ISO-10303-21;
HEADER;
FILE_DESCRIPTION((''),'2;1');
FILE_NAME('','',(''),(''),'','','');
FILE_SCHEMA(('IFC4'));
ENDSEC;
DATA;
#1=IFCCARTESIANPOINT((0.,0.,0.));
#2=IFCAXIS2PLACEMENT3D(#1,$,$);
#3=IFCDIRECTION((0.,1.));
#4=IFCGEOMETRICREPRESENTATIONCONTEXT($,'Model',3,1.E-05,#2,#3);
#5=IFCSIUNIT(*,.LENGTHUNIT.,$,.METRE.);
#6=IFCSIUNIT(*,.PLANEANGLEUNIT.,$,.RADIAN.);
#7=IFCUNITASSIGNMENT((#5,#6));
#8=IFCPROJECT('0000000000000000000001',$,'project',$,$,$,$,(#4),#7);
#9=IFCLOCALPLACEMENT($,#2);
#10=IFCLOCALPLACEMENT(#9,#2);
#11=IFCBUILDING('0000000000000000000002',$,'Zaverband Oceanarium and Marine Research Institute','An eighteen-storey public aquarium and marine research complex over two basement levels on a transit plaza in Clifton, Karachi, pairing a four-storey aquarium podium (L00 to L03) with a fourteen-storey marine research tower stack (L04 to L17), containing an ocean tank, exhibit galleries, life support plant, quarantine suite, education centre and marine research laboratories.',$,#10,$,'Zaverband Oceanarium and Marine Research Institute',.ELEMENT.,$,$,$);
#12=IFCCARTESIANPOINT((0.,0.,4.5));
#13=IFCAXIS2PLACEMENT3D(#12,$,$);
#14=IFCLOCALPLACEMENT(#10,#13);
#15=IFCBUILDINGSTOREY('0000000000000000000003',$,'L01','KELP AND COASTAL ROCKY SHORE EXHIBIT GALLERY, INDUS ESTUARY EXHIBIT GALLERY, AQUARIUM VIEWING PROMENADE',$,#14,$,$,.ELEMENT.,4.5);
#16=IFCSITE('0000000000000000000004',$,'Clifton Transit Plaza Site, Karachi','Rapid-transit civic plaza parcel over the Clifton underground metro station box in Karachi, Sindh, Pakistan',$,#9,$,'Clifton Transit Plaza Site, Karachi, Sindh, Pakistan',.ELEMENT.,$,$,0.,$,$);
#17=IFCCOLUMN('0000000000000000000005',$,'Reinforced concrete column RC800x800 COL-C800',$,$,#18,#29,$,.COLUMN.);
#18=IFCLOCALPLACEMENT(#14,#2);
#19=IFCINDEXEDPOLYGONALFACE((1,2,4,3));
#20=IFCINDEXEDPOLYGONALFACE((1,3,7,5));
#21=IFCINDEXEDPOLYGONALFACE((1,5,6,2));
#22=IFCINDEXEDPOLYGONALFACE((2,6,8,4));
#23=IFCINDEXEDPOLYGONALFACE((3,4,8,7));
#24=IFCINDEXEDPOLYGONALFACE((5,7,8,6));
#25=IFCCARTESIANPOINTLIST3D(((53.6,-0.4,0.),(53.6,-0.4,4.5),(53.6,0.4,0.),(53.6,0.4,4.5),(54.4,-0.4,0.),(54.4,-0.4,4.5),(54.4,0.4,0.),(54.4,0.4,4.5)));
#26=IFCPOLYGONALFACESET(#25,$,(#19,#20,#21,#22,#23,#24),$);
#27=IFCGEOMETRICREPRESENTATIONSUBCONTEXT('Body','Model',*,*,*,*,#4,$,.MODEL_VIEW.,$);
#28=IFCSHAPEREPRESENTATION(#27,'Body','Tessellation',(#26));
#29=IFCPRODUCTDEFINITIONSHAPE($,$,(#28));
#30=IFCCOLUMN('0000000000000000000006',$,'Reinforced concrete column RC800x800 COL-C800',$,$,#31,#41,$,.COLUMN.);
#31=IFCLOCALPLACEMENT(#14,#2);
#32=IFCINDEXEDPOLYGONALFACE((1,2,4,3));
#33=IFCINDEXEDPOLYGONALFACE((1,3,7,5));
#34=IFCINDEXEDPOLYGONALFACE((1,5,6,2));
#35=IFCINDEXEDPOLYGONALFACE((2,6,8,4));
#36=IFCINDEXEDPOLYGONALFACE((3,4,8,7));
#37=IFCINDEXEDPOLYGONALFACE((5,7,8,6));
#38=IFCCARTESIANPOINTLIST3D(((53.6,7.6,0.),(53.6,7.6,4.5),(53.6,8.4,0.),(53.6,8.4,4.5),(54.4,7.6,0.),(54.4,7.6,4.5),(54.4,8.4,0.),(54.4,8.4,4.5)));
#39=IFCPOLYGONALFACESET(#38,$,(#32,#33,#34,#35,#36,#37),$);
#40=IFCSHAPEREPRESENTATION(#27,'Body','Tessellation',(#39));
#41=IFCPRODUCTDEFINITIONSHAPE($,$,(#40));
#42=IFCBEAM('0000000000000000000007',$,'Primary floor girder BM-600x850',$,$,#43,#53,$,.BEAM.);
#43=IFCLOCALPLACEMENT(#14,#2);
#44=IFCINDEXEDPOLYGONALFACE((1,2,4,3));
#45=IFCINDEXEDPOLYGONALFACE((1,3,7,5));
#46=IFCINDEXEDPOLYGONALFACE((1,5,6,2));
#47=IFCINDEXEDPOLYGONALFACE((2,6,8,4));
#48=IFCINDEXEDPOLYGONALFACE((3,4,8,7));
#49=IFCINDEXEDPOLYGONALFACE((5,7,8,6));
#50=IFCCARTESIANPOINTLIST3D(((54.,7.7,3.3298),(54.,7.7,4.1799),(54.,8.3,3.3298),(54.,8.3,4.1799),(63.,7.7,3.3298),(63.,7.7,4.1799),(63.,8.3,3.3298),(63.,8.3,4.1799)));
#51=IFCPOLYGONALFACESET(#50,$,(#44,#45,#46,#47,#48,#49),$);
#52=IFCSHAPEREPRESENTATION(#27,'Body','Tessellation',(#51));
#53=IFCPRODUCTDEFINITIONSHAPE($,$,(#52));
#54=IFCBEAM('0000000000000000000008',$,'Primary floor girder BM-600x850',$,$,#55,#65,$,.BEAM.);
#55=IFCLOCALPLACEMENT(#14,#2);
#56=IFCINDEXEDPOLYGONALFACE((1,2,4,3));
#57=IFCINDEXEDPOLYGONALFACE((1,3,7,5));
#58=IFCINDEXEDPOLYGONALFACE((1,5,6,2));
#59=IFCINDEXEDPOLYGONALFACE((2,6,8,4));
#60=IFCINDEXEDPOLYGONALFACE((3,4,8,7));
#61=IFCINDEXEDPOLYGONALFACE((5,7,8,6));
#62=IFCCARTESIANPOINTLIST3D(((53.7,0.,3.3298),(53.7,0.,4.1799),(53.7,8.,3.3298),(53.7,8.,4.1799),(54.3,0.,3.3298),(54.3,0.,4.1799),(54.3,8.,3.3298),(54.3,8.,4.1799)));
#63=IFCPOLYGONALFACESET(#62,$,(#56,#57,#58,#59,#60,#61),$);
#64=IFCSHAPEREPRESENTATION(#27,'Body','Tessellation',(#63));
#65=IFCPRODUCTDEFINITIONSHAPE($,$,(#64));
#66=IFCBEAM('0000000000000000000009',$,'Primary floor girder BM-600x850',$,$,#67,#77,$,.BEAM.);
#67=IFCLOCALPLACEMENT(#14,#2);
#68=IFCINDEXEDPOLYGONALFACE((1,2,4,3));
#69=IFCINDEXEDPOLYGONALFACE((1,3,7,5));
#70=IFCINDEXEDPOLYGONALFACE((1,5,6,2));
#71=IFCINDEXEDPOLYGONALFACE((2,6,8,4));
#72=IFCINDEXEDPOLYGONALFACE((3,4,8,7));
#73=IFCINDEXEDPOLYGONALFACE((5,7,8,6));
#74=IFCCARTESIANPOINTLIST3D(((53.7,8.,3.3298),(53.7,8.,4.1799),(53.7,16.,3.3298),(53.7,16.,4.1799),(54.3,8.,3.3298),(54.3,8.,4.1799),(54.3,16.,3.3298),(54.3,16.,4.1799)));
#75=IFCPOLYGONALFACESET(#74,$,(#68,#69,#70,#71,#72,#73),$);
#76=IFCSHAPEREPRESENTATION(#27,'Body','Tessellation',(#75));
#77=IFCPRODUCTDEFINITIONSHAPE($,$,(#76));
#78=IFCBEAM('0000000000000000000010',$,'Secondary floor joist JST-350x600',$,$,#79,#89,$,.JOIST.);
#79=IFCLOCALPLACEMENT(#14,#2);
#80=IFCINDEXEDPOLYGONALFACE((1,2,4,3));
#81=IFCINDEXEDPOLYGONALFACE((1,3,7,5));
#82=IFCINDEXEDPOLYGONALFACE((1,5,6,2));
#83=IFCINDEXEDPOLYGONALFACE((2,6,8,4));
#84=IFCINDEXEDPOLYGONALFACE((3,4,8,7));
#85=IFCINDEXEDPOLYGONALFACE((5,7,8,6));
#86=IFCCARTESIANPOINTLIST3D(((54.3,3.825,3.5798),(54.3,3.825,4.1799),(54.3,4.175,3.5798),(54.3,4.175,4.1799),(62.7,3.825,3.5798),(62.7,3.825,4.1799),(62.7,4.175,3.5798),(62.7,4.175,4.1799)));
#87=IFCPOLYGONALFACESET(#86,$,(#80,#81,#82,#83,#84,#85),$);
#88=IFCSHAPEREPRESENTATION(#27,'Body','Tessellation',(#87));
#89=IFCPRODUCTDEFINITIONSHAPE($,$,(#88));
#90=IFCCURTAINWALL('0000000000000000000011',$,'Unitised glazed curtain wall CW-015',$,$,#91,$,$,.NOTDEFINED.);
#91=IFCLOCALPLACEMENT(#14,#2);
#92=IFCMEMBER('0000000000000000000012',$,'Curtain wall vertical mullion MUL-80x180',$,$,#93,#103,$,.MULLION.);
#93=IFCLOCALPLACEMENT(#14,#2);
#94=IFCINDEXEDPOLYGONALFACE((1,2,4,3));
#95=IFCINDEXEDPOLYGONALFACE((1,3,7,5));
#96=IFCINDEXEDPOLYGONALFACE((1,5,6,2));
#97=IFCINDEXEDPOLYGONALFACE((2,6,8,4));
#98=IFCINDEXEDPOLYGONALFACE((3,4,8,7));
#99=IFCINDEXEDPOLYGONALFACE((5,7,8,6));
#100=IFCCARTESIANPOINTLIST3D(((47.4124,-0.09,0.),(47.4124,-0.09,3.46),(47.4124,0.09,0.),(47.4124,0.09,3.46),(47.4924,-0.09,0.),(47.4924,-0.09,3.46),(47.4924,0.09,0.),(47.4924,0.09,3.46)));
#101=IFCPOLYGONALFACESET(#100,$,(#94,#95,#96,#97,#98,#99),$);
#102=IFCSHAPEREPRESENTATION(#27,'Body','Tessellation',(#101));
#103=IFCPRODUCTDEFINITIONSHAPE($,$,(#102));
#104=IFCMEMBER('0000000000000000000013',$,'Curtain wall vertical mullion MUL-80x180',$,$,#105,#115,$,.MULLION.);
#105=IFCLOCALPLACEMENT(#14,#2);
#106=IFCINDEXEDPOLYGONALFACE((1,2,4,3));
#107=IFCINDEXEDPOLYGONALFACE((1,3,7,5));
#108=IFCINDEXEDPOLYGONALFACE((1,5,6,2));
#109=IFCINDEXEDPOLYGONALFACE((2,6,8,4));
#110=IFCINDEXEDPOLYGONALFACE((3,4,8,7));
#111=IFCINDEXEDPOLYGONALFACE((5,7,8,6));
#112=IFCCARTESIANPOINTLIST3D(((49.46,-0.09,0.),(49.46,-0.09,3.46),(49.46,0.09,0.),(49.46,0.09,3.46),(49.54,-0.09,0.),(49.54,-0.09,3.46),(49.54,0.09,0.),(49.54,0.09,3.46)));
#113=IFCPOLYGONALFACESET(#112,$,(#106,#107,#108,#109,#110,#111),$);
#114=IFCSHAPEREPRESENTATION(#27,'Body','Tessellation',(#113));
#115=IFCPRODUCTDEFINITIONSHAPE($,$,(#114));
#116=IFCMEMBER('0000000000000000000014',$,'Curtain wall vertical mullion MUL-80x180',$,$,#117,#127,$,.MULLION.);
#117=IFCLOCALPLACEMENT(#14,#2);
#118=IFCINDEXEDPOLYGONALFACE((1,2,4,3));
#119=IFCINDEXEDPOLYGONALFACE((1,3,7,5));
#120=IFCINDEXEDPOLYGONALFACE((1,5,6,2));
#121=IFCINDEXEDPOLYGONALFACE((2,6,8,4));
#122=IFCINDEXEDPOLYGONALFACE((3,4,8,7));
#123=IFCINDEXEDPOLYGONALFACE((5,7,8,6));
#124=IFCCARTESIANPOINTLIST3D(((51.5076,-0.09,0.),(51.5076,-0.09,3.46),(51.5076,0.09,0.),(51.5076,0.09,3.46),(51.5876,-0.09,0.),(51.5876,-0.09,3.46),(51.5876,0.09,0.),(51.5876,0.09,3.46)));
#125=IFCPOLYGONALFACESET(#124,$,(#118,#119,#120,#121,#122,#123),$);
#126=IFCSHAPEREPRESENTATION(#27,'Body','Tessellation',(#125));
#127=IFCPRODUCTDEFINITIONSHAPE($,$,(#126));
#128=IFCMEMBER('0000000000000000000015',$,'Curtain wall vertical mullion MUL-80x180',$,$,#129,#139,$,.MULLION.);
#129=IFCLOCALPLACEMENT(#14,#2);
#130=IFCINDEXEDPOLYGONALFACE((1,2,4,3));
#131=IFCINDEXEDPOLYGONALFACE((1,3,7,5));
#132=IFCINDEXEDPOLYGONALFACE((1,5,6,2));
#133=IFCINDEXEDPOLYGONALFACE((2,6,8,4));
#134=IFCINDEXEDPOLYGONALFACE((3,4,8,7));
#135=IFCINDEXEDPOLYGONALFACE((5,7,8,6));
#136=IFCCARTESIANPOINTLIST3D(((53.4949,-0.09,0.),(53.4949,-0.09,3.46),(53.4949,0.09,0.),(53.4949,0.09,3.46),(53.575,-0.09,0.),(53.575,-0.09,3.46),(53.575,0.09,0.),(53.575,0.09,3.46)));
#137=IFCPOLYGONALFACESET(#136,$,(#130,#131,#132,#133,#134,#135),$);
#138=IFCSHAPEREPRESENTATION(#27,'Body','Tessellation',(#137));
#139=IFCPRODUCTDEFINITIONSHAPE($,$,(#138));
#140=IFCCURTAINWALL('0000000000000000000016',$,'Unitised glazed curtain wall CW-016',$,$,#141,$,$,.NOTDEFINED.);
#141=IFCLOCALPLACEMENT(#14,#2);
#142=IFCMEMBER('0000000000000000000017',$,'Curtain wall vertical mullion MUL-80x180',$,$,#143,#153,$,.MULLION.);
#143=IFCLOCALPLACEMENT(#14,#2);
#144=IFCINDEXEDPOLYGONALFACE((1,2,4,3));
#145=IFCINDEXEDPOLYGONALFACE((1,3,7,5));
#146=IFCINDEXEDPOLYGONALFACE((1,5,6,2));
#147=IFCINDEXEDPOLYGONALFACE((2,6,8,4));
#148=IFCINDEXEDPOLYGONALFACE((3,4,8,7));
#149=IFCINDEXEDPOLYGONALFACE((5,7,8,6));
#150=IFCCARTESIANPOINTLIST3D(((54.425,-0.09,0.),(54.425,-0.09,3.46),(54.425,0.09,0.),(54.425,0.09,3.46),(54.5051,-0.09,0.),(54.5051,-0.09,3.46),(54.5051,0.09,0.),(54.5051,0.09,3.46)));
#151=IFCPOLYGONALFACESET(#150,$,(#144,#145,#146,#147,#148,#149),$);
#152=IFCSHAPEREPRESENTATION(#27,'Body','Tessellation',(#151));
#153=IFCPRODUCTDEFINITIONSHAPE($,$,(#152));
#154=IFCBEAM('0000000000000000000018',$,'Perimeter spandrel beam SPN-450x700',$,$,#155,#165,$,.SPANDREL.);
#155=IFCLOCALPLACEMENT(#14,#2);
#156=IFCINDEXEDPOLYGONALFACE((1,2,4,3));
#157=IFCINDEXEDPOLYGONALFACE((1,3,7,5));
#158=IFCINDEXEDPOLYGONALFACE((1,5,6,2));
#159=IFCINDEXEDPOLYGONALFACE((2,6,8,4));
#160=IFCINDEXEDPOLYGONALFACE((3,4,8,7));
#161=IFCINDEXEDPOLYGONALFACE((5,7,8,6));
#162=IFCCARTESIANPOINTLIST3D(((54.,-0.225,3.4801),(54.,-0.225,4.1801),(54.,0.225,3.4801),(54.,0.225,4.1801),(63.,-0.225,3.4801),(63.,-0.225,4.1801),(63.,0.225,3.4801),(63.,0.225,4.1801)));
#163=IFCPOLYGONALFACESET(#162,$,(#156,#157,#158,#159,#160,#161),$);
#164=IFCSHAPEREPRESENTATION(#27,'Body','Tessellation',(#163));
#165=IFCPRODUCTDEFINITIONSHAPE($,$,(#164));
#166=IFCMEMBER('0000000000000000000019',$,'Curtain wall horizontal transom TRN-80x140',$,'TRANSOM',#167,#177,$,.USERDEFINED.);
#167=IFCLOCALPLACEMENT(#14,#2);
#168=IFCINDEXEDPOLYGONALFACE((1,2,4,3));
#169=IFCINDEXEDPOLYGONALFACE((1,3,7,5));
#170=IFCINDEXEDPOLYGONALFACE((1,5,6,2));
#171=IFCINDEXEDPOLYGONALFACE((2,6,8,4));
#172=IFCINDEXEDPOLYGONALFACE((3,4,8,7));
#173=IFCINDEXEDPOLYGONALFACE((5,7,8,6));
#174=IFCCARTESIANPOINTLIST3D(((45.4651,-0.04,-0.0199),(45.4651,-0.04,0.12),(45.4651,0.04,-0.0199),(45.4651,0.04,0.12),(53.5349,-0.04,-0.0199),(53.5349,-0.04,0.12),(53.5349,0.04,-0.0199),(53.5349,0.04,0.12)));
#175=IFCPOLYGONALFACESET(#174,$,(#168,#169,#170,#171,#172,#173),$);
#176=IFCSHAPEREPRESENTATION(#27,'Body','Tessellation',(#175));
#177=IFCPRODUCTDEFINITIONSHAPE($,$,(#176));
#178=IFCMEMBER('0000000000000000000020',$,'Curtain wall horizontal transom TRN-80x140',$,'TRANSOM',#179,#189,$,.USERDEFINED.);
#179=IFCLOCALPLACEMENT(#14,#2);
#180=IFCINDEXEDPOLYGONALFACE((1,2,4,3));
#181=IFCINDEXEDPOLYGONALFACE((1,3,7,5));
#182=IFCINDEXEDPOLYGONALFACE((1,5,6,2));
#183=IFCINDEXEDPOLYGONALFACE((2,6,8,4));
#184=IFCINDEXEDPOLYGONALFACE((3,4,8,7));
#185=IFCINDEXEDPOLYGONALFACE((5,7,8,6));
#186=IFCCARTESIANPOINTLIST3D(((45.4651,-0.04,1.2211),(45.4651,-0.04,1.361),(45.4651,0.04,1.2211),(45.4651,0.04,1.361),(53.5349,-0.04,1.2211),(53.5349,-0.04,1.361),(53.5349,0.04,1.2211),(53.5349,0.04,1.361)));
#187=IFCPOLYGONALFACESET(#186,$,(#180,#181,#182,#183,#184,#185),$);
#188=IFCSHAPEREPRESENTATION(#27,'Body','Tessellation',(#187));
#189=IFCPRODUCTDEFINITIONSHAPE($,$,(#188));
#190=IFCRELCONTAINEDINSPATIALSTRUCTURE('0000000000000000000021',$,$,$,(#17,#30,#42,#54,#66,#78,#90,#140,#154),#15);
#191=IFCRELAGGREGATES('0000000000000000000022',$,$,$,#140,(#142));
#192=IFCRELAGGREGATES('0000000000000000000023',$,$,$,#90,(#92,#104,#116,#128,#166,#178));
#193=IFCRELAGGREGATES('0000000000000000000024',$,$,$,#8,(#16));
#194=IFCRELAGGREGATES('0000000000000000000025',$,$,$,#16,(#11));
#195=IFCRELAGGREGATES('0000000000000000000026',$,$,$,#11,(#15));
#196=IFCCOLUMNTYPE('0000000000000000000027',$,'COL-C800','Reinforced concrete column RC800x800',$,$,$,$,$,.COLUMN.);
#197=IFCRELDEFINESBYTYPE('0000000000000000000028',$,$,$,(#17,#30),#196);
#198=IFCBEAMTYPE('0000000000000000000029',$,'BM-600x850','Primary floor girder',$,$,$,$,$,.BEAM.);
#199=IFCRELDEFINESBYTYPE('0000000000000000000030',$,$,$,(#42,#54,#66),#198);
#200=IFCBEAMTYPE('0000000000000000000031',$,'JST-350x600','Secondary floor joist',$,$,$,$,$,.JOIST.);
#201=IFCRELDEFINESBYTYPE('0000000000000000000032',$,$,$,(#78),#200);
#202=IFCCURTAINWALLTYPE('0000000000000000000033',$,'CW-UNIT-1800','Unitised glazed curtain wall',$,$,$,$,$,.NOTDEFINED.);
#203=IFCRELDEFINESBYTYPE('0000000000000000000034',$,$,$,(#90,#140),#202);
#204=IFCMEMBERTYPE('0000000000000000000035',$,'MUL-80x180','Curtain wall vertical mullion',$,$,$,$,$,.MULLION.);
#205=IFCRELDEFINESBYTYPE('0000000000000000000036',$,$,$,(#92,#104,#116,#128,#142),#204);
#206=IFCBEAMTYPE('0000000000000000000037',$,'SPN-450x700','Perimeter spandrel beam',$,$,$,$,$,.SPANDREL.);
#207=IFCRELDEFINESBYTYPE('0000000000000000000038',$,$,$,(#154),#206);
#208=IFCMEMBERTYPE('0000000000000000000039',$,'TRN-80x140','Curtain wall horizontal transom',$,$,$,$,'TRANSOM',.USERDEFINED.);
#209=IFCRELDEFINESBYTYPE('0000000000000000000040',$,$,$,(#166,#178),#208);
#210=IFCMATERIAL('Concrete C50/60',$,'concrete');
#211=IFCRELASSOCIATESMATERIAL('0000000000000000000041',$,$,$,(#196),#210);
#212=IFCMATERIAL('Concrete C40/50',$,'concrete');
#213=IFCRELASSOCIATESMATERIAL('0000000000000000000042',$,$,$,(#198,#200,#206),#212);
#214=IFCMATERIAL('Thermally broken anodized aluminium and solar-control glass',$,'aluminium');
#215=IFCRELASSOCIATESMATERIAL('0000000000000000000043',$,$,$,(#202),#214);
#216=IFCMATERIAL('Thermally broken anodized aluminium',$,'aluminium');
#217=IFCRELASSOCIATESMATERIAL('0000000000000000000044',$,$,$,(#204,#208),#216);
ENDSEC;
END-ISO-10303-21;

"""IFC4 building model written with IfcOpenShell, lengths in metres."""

from ifc_helpers import new_model, si_unit, direction, frame, origin, origin_2d, place, context, subcontext, project, spatial, rectangle, extrude, material, material_profile, profile_set, type_object, element, aggregate, save


model = new_model("IFC4")

# Units and contexts
model_context = context("Model", 3, precision=1e-05, world=origin(), true_north=direction((0.0, 1.0)))
body_context = subcontext(model_context, "Body", "Model", "MODEL_VIEW")
ifc_project = project(units=[si_unit("LENGTHUNIT", "METRE"), si_unit("PLANEANGLEUNIT", "RADIAN")], contexts=[model_context])

# Site, building, storey
site_placement = place(None, origin())
site = spatial("IfcSite", under=ifc_project, at=site_placement, Name="Clifton Transit Plaza Site, Karachi", Description="Rapid-transit civic plaza parcel over the Clifton underground metro station box in Karachi, Sindh, Pakistan", LongName="Clifton Transit Plaza Site, Karachi, Sindh, Pakistan", CompositionType="ELEMENT", RefElevation=0.0)
building_placement = place(site_placement, origin())
building = spatial("IfcBuilding", under=site, at=building_placement, Name="Zaverband Oceanarium and Marine Research Institute", Description="An eighteen-storey public aquarium and marine research complex over two basement levels on a transit plaza in Clifton, Karachi, pairing a four-storey aquarium podium (L00 to L03) with a fourteen-storey marine research tower stack (L04 to L17), containing an ocean tank, exhibit galleries, life support plant, quarantine suite, education centre and marine research laboratories.", LongName="Zaverband Oceanarium and Marine Research Institute", CompositionType="ELEMENT")
storey_placement = place(building_placement, frame((0.0, 0.0, 4.5)))
storey = spatial("IfcBuildingStorey", under=building, at=storey_placement, Name="L01", Description="KELP AND COASTAL ROCKY SHORE EXHIBIT GALLERY, INDUS ESTUARY EXHIBIT GALLERY, AQUARIUM VIEWING PROMENADE", CompositionType="ELEMENT", Elevation=4.5)

# Columns
ifc_material_1 = material(Name="Concrete C50/60", Category="concrete")
ifc_material_profile_1 = material_profile(ifc_material_1, rectangle(XDim=0.8, YDim=0.8, at=origin_2d()), Name="RC800x800")
ifc_profile_set_1 = profile_set([ifc_material_profile_1], Name="Concrete C50/60")
column_type = type_object("IfcColumnType", Name="COL-C800", Description="Reinforced concrete column RC800x800", PredefinedType="COLUMN", material=ifc_profile_set_1)
for number, where, z_axis, x_axis, name in (
    (1, (54.0, 0.0, 0.0), (0.0, 0.0, 1.0), (1.0, 0.0, 0.0), "Reinforced concrete column RC800x800 COL-C800"),
    (2, (54.0, 8.0, 0.0), (0.0, 0.0, 1.0), (1.0, 0.0, 0.0), "Reinforced concrete column RC800x800 COL-C800"),
):
    element("IfcColumn", number, at=place(storey_placement, frame(where, z_axis=z_axis, x_axis=x_axis)), inside=storey, type_object=column_type, Name=name, PredefinedType="COLUMN", context=body_context, shape_type="SweptSolid", body=[
        extrude(rectangle(XDim=0.8, YDim=0.8, at=origin_2d()), origin(), (0.0, 0.0, 1.0), 4.5),
    ])

# Beams
ifc_material_2 = material(Name="Concrete C40/50", Category="concrete")
ifc_material_profile_2 = material_profile(ifc_material_2, rectangle(XDim=0.6001, YDim=0.8501, at=origin_2d()), Name="RC600x850")
ifc_profile_set_2 = profile_set([ifc_material_profile_2], Name="Concrete C40/50")
beam_type_1 = type_object("IfcBeamType", Name="BM-600x850", Description="Primary floor girder", PredefinedType="BEAM", material=ifc_profile_set_2)
beam_1_placement = place(storey_placement, frame((54.0, 8.0, 3.7549), z_axis=(1.0, 0.0, 0.0), x_axis=(0.0, 1.0, 0.0)))
element("IfcBeam", 3, at=beam_1_placement, inside=storey, type_object=beam_type_1, Name="Primary floor girder BM-600x850", PredefinedType="BEAM", context=body_context, shape_type="SweptSolid", body=[
    extrude(rectangle(XDim=0.6001, YDim=0.8501, at=origin_2d()), origin(), (0.0, 0.0, 1.0), 9.0),
])
for number, where, z_axis, x_axis, name in (
    (4, (54.0, 0.0, 3.7549), (0.0, 1.0, 0.0), (-1.0, 0.0, 0.0), "Primary floor girder BM-600x850"),
    (5, (54.0, 8.0, 3.7549), (0.0, 1.0, 0.0), (-1.0, 0.0, 0.0), "Primary floor girder BM-600x850"),
):
    element("IfcBeam", number, at=place(storey_placement, frame(where, z_axis=z_axis, x_axis=x_axis)), inside=storey, type_object=beam_type_1, Name=name, PredefinedType="BEAM", context=body_context, shape_type="SweptSolid", body=[
        extrude(rectangle(XDim=0.6001, YDim=0.8501, at=origin_2d()), origin(), (0.0, 0.0, 1.0), 8.0),
    ])
ifc_material_profile_3 = material_profile(ifc_material_2, rectangle(XDim=0.3501, YDim=0.6001, at=origin_2d()), Name="RC350x600")
ifc_profile_set_3 = profile_set([ifc_material_profile_3], Name="Concrete C40/50")
beam_type_2 = type_object("IfcBeamType", Name="JST-350x600", Description="Secondary floor joist", PredefinedType="JOIST", material=ifc_profile_set_3)
beam_2_placement = place(storey_placement, frame((54.3, 4.0, 3.8799), z_axis=(1.0, 0.0, 0.0), x_axis=(0.0, 1.0, 0.0)))
element("IfcBeam", 6, at=beam_2_placement, inside=storey, type_object=beam_type_2, Name="Secondary floor joist JST-350x600", PredefinedType="JOIST", context=body_context, shape_type="SweptSolid", body=[
    extrude(rectangle(XDim=0.3501, YDim=0.6001, at=origin_2d()), origin(), (0.0, 0.0, 1.0), 8.3999),
])

# Curtain wall, members
ifc_material_3 = material(Name="Thermally broken anodized aluminium and solar-control glass", Category="aluminium")
curtain_wall_type = type_object("IfcCurtainWallType", Name="CW-UNIT-1800", Description="Unitised glazed curtain wall", PredefinedType="NOTDEFINED", material=ifc_material_3)
curtain_wall_1_placement = place(storey_placement, origin())
curtain_wall_1 = element("IfcCurtainWall", 7, at=curtain_wall_1_placement, inside=storey, type_object=curtain_wall_type, Name="Unitised glazed curtain wall CW-015", PredefinedType="NOTDEFINED")
ifc_material_4 = material(Name="Thermally broken anodized aluminium", Category="aluminium")
ifc_material_profile_4 = material_profile(ifc_material_4, rectangle(XDim=0.0801, YDim=0.1799, at=origin_2d()), Name="AL-MUL-80x180")
ifc_profile_set_4 = profile_set([ifc_material_profile_4], Name="Thermally broken anodized aluminium")
member_type_1 = type_object("IfcMemberType", Name="MUL-80x180", Description="Curtain wall vertical mullion", PredefinedType="MULLION", material=ifc_profile_set_4)
member_1_placement = place(storey_placement, frame((47.4524, 0.0, 0.0), z_axis=(0.0, 0.0, 1.0), x_axis=(1.0, 0.0, 0.0)))
member_1 = element("IfcMember", 8, at=member_1_placement, type_object=member_type_1, Name="Curtain wall vertical mullion MUL-80x180", PredefinedType="MULLION", context=body_context, shape_type="SweptSolid", body=[
    extrude(rectangle(XDim=0.0801, YDim=0.1799, at=origin_2d()), origin(), (0.0, 0.0, 1.0), 3.46),
])
member_2_placement = place(storey_placement, frame((49.5, 0.0, 0.0), z_axis=(0.0, 0.0, 1.0), x_axis=(1.0, 0.0, 0.0)))
member_2 = element("IfcMember", 9, at=member_2_placement, type_object=member_type_1, Name="Curtain wall vertical mullion MUL-80x180", PredefinedType="MULLION", context=body_context, shape_type="SweptSolid", body=[
    extrude(rectangle(XDim=0.0801, YDim=0.1799, at=origin_2d()), origin(), (0.0, 0.0, 1.0), 3.46),
])
member_3_placement = place(storey_placement, frame((51.5476, 0.0, 0.0), z_axis=(0.0, 0.0, 1.0), x_axis=(1.0, 0.0, 0.0)))
member_3 = element("IfcMember", 10, at=member_3_placement, type_object=member_type_1, Name="Curtain wall vertical mullion MUL-80x180", PredefinedType="MULLION", context=body_context, shape_type="SweptSolid", body=[
    extrude(rectangle(XDim=0.0801, YDim=0.1799, at=origin_2d()), origin(), (0.0, 0.0, 1.0), 3.46),
])
member_4_placement = place(storey_placement, frame((53.5349, 0.0, 0.0), z_axis=(0.0, 0.0, 1.0), x_axis=(1.0, 0.0, 0.0)))
member_4 = element("IfcMember", 11, at=member_4_placement, type_object=member_type_1, Name="Curtain wall vertical mullion MUL-80x180", PredefinedType="MULLION", context=body_context, shape_type="SweptSolid", body=[
    extrude(rectangle(XDim=0.0801, YDim=0.1799, at=origin_2d()), origin(), (0.0, 0.0, 1.0), 3.46),
])

# Curtain wall, member
curtain_wall_2_placement = place(storey_placement, origin())
curtain_wall_2 = element("IfcCurtainWall", 12, at=curtain_wall_2_placement, inside=storey, type_object=curtain_wall_type, Name="Unitised glazed curtain wall CW-016", PredefinedType="NOTDEFINED")
member_5_placement = place(storey_placement, frame((54.4651, 0.0, 0.0), z_axis=(0.0, 0.0, 1.0), x_axis=(1.0, 0.0, 0.0)))
member_5 = element("IfcMember", 13, at=member_5_placement, type_object=member_type_1, Name="Curtain wall vertical mullion MUL-80x180", PredefinedType="MULLION", context=body_context, shape_type="SweptSolid", body=[
    extrude(rectangle(XDim=0.0801, YDim=0.1799, at=origin_2d()), origin(), (0.0, 0.0, 1.0), 3.46),
])

# Beam
ifc_material_profile_5 = material_profile(ifc_material_2, rectangle(XDim=0.45, YDim=0.7, at=origin_2d()), Name="RC450x700")
ifc_profile_set_5 = profile_set([ifc_material_profile_5], Name="Concrete C40/50")
beam_type_3 = type_object("IfcBeamType", Name="SPN-450x700", Description="Perimeter spandrel beam", PredefinedType="SPANDREL", material=ifc_profile_set_5)
beam_3_placement = place(storey_placement, frame((54.0, 0.0, 3.8301), z_axis=(1.0, 0.0, 0.0), x_axis=(0.0, 1.0, 0.0)))
element("IfcBeam", 14, at=beam_3_placement, inside=storey, type_object=beam_type_3, Name="Perimeter spandrel beam SPN-450x700", PredefinedType="SPANDREL", context=body_context, shape_type="SweptSolid", body=[
    extrude(rectangle(XDim=0.45, YDim=0.7, at=origin_2d()), origin(), (0.0, 0.0, 1.0), 9.0),
])

# Members
ifc_material_profile_6 = material_profile(ifc_material_4, rectangle(XDim=0.0801, YDim=0.1399, at=origin_2d()), Name="AL-TRN-80x140")
ifc_profile_set_6 = profile_set([ifc_material_profile_6], Name="Thermally broken anodized aluminium")
member_type_2 = type_object("IfcMemberType", Name="TRN-80x140", Description="Curtain wall horizontal transom", ElementType="TRANSOM", PredefinedType="USERDEFINED", material=ifc_profile_set_6)
member_6_placement = place(storey_placement, frame((45.4651, 0.0, 0.05), z_axis=(1.0, 0.0, 0.0), x_axis=(0.0, 1.0, 0.0)))
member_6 = element("IfcMember", 15, at=member_6_placement, type_object=member_type_2, Name="Curtain wall horizontal transom TRN-80x140", ObjectType="TRANSOM", PredefinedType="USERDEFINED", context=body_context, shape_type="SweptSolid", body=[
    extrude(rectangle(XDim=0.0801, YDim=0.1399, at=origin_2d()), origin(), (0.0, 0.0, 1.0), 8.0698),
])
member_7_placement = place(storey_placement, frame((45.4651, 0.0, 1.291), z_axis=(1.0, 0.0, 0.0), x_axis=(0.0, 1.0, 0.0)))
member_7 = element("IfcMember", 16, at=member_7_placement, type_object=member_type_2, Name="Curtain wall horizontal transom TRN-80x140", ObjectType="TRANSOM", PredefinedType="USERDEFINED", context=body_context, shape_type="SweptSolid", body=[
    extrude(rectangle(XDim=0.0801, YDim=0.1399, at=origin_2d()), origin(), (0.0, 0.0, 1.0), 8.0698),
])

aggregate(curtain_wall_2, [member_5])
aggregate(curtain_wall_1, [member_1, member_2, member_3, member_4, member_6, member_7])

save(model, "model.ifc")
